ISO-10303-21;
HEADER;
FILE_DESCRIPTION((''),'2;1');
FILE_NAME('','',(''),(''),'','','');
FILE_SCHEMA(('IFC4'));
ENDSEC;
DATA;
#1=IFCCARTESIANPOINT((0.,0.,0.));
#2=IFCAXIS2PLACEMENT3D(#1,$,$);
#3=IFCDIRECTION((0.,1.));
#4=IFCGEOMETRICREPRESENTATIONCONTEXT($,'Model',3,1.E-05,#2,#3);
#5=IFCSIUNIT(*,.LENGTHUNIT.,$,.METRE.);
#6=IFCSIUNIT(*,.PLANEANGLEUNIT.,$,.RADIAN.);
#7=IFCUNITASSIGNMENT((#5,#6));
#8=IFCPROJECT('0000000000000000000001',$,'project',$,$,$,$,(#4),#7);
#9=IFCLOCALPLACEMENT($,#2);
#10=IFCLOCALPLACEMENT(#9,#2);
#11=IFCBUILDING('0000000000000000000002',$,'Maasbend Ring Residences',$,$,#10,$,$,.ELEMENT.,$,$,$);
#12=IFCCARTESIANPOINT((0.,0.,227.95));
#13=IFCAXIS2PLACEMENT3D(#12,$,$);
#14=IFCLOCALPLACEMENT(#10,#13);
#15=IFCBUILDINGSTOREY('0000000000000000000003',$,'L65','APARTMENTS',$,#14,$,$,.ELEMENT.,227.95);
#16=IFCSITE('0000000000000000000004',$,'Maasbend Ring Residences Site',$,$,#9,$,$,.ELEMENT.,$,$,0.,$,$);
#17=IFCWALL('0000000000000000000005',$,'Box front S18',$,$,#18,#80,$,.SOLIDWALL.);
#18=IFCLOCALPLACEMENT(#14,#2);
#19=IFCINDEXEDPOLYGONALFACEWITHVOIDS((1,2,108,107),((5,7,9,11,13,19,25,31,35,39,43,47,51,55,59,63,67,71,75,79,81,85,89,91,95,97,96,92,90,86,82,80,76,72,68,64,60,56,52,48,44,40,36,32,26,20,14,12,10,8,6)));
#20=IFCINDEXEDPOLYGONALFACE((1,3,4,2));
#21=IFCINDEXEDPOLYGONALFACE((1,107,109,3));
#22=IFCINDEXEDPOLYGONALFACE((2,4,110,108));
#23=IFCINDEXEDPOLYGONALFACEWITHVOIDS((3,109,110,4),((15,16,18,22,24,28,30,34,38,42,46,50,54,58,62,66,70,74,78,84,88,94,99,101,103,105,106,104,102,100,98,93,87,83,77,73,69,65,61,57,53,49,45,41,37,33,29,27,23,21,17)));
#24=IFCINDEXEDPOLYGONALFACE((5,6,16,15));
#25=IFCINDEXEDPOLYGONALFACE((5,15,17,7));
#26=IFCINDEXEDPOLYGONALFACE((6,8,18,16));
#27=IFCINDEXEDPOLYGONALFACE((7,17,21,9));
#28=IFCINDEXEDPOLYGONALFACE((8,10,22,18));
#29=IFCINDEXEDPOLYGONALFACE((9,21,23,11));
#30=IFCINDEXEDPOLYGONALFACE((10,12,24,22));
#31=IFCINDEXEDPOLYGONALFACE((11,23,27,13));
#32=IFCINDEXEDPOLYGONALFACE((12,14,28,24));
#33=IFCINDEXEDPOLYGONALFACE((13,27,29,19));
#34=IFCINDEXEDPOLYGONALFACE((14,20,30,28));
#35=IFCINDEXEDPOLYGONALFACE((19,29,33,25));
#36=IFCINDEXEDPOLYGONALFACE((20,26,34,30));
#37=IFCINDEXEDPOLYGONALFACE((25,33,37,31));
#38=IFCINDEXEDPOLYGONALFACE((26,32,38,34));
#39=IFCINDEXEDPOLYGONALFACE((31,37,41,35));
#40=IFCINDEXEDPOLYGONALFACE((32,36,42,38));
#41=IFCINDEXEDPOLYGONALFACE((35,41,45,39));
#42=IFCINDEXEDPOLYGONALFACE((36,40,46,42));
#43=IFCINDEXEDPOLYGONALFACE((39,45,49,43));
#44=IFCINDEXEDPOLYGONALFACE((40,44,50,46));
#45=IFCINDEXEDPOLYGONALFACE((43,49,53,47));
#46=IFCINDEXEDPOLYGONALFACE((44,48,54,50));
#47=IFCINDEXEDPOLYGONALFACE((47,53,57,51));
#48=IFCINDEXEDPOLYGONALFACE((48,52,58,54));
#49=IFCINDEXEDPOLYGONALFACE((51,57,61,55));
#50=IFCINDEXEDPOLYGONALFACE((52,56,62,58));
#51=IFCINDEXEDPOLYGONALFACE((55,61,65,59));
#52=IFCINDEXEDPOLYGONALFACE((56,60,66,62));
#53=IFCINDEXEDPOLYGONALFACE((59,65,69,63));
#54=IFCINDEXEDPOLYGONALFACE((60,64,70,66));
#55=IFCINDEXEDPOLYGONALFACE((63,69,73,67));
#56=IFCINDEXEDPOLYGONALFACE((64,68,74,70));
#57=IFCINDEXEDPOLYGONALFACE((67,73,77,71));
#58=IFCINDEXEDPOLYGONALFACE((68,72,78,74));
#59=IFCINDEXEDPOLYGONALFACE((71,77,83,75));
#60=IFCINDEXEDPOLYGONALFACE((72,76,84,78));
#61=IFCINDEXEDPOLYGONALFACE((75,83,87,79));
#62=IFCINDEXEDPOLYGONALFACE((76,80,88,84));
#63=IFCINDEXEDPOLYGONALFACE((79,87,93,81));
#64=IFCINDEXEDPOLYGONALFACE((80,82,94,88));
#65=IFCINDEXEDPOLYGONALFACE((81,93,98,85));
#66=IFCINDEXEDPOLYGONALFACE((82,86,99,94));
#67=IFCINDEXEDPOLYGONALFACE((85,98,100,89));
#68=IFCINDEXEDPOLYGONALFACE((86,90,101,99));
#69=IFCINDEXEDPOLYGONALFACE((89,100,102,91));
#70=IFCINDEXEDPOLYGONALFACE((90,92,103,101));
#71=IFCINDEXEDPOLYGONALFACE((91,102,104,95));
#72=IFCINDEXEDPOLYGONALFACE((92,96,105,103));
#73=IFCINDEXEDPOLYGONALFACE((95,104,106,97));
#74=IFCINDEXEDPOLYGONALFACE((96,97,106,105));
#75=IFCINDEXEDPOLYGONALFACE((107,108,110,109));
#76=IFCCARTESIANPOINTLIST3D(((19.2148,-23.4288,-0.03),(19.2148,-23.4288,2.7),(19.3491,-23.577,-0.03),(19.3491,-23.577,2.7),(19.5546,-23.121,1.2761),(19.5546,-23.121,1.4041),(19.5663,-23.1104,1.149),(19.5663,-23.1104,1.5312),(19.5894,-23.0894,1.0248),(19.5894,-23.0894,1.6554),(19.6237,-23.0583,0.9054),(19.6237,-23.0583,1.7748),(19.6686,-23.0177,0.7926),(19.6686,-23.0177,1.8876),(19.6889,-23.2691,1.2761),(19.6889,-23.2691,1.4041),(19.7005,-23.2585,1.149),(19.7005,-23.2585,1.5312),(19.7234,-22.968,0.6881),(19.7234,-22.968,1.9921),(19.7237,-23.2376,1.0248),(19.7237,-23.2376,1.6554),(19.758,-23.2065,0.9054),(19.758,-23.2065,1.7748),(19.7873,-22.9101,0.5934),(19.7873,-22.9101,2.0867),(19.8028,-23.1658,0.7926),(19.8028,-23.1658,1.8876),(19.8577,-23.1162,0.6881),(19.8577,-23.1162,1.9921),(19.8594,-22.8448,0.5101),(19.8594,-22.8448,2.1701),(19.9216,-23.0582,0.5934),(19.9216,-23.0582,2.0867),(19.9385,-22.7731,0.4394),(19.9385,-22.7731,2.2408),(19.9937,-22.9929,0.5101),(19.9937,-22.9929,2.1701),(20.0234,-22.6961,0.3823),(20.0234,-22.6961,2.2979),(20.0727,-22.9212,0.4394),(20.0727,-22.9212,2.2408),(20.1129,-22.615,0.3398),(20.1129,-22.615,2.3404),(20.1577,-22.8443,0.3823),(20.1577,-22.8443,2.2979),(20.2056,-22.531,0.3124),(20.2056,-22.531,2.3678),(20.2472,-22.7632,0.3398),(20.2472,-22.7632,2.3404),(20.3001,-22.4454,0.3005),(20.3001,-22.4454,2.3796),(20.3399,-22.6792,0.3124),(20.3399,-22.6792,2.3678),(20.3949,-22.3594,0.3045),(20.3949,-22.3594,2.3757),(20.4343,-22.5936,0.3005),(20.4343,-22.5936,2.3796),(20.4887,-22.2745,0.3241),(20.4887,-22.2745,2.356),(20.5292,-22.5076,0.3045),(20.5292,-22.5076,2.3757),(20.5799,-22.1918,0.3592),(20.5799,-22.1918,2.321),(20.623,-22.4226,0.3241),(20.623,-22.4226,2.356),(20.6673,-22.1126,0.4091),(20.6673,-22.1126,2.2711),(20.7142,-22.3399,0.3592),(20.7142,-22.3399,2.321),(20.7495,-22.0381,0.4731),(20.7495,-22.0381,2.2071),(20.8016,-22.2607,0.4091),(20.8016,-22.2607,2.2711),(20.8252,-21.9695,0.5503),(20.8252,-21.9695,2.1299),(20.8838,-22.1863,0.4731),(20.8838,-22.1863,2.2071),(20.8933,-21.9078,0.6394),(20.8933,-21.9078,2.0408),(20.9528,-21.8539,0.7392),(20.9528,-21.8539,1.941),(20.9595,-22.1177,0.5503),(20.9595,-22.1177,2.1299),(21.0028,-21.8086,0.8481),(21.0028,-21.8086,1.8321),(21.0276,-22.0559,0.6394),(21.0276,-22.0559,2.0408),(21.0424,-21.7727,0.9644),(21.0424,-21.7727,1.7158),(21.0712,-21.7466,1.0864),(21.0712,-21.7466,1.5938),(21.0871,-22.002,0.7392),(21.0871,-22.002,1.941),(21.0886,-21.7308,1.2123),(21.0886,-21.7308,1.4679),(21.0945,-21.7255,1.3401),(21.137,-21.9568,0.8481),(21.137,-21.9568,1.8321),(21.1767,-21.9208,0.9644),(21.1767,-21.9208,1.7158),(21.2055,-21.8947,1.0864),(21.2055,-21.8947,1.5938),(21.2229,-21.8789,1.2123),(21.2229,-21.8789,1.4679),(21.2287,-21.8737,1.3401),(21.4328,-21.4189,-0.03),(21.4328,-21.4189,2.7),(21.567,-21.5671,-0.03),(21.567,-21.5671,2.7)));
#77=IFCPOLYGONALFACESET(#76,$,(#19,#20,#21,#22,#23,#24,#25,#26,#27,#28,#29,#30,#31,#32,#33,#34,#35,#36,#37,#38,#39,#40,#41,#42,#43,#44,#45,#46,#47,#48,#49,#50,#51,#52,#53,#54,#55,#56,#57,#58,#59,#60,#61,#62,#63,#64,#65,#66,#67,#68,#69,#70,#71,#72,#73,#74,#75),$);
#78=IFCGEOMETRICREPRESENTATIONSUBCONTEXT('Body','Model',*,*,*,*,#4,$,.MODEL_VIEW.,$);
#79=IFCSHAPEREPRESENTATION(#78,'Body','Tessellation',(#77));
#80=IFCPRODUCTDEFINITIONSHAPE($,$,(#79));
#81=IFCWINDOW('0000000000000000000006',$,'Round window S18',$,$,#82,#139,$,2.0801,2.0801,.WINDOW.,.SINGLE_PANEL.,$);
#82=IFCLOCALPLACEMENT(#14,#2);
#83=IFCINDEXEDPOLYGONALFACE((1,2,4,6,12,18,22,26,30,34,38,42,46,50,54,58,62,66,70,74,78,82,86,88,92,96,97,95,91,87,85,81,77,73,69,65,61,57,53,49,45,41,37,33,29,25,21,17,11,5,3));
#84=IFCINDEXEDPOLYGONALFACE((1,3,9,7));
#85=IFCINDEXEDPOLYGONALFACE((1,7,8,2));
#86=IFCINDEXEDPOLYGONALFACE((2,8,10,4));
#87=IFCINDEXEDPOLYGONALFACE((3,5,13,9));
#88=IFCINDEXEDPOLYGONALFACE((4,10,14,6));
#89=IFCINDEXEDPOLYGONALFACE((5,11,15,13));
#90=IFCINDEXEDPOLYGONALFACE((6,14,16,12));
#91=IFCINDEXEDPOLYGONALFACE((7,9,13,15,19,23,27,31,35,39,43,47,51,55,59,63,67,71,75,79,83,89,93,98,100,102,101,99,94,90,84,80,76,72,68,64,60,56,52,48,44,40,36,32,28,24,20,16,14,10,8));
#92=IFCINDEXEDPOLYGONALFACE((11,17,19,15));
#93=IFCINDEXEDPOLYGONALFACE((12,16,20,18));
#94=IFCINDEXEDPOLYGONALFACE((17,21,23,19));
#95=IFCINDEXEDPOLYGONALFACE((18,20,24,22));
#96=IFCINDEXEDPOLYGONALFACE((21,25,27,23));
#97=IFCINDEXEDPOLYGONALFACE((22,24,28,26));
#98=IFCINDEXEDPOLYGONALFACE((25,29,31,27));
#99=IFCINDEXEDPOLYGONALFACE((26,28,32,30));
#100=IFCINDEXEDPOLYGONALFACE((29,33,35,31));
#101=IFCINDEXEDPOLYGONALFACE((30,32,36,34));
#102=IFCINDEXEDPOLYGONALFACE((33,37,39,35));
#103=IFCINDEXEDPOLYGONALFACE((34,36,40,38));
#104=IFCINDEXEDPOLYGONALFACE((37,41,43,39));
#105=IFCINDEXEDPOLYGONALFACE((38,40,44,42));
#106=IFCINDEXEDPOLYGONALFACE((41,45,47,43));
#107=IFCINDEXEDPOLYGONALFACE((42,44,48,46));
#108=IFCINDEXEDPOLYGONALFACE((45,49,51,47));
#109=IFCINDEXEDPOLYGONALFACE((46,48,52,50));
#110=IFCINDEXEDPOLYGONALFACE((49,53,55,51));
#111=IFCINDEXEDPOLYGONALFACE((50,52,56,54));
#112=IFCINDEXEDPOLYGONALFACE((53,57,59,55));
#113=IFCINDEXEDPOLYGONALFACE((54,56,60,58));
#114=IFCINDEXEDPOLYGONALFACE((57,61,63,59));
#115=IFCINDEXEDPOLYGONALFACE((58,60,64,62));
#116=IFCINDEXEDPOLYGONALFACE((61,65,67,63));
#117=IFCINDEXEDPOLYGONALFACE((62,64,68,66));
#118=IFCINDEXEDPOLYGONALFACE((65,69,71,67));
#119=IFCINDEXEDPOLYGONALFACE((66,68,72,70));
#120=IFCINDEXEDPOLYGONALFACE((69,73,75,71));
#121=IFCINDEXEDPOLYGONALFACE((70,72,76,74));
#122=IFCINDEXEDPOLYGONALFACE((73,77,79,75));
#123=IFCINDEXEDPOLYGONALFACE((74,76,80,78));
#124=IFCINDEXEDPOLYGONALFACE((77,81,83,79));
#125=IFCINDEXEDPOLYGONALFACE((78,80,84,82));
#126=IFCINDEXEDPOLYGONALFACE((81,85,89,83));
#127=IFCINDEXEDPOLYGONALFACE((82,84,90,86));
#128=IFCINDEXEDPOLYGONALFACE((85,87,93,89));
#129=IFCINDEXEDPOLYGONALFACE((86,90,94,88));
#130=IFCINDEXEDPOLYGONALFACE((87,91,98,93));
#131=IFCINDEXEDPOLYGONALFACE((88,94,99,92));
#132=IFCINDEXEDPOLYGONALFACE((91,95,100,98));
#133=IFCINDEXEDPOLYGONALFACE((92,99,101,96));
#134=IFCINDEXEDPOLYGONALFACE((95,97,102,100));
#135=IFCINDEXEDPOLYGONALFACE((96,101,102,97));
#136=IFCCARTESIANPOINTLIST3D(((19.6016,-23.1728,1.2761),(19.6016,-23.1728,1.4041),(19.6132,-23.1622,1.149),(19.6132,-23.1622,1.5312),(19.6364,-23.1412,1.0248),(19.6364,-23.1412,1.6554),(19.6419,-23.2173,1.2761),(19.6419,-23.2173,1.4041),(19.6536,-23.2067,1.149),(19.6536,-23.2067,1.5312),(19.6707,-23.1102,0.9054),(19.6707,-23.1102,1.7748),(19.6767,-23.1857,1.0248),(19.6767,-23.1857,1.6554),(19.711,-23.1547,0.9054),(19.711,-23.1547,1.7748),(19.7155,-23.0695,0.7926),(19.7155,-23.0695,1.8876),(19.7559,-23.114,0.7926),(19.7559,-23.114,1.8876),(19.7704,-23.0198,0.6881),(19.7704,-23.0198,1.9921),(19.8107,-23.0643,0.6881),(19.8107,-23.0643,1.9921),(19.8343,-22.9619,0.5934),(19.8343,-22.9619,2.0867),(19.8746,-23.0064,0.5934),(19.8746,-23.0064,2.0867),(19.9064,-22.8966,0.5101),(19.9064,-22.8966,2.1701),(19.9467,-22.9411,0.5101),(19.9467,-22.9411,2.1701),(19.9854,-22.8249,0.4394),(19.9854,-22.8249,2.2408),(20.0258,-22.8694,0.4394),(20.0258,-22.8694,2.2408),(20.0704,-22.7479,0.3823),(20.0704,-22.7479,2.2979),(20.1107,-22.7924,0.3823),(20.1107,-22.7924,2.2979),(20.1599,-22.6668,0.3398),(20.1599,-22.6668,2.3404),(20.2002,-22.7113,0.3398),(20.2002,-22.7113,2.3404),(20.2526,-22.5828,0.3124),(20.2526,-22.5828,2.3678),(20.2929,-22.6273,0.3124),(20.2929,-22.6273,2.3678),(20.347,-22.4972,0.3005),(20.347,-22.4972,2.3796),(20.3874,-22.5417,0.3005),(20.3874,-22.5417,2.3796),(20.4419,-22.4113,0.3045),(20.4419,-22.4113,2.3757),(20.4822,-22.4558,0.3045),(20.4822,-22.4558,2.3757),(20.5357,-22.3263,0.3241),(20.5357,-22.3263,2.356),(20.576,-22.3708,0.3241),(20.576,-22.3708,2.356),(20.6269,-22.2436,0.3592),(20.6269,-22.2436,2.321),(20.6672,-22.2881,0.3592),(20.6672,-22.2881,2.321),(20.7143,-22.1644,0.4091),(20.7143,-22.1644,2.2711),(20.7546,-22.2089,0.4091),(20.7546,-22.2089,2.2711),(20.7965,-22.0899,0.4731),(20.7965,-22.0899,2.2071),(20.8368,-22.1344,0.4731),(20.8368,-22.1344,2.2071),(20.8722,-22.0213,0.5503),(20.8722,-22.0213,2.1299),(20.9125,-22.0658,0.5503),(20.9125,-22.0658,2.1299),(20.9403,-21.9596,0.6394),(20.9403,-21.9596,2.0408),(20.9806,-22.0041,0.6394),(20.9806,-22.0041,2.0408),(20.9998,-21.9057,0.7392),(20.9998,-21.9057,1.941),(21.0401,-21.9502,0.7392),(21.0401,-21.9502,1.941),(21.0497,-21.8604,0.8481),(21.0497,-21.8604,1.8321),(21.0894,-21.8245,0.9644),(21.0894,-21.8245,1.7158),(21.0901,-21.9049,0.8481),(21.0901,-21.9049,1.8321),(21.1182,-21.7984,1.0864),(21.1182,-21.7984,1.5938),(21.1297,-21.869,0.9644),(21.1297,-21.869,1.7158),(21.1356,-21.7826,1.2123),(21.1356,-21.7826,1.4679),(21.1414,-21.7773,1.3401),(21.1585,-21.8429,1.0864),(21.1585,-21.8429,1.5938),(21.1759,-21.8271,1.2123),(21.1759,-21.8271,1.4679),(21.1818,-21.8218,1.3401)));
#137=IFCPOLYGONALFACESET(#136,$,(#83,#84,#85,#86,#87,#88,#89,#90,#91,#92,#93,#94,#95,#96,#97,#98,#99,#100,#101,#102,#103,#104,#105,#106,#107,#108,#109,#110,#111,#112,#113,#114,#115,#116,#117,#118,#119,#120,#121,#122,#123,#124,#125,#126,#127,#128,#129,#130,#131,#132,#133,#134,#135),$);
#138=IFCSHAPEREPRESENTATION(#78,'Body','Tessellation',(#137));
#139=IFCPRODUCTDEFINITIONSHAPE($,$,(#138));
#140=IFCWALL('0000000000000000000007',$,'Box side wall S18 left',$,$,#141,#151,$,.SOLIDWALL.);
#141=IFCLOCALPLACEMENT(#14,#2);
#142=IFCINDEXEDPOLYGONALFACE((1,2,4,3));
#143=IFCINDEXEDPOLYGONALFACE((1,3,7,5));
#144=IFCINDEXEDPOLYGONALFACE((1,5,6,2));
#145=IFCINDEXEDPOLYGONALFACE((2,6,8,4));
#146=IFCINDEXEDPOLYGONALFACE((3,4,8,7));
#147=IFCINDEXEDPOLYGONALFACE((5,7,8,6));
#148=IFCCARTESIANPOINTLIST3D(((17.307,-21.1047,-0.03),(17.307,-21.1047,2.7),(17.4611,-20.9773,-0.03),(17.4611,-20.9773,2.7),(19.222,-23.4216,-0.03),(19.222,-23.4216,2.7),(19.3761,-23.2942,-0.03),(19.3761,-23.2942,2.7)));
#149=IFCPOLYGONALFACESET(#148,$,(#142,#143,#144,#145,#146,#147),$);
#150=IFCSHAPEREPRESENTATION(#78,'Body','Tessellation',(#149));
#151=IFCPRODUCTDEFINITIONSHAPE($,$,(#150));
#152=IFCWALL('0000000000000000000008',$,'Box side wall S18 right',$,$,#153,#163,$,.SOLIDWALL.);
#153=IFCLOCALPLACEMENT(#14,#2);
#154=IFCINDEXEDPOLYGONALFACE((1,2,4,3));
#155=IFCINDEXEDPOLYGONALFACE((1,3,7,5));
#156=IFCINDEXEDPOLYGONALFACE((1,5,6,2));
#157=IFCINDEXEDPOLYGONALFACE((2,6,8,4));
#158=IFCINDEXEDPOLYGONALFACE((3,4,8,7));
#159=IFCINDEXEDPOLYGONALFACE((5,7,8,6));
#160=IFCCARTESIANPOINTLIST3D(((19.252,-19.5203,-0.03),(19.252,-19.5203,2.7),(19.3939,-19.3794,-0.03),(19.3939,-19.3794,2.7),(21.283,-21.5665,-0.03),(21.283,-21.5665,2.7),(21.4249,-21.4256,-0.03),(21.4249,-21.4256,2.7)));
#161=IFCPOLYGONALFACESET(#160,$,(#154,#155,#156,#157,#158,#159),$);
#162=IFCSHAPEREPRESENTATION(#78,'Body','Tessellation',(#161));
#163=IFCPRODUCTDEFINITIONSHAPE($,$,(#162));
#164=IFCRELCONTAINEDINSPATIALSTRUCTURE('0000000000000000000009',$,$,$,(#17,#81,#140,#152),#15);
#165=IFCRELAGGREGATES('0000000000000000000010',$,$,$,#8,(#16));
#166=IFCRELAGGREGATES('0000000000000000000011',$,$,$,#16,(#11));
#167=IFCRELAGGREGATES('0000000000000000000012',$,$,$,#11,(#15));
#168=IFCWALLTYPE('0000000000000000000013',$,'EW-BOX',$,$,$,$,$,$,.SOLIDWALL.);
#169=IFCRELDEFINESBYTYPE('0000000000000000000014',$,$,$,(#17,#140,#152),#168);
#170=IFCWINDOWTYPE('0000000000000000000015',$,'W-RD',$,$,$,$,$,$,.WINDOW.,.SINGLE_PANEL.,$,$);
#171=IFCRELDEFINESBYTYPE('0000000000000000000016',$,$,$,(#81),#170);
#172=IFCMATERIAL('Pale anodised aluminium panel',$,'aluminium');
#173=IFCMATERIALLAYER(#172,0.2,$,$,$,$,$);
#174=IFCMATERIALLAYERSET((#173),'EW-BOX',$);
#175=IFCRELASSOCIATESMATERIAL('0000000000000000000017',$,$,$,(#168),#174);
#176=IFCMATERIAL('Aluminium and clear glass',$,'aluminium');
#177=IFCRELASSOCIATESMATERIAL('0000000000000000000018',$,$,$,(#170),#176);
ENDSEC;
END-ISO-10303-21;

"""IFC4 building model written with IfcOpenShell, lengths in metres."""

from ifc_helpers import new_model, si_unit, direction, frame, frame_2d, origin, place, context, subcontext, project, spatial, rectangle, circle, extrude, material, layer, layer_set, type_object, element, fill, save


model = new_model("IFC4")

# Units and contexts
model_context = context("Model", 3, precision=1e-05, world=origin(), true_north=direction((0.0, 1.0)))
body_context = subcontext(model_context, "Body", "Model", "MODEL_VIEW")
ifc_project = project(units=[si_unit("LENGTHUNIT", "METRE"), si_unit("PLANEANGLEUNIT", "RADIAN")], contexts=[model_context])

# Site, building, storey
site_placement = place(None, origin())
site = spatial("IfcSite", under=ifc_project, at=site_placement, Name="Maasbend Ring Residences Site", CompositionType="ELEMENT", RefElevation=0.0)
building_placement = place(site_placement, origin())
building = spatial("IfcBuilding", under=site, at=building_placement, Name="Maasbend Ring Residences", CompositionType="ELEMENT")
storey_placement = place(building_placement, frame((0.0, 0.0, 227.95)))
storey = spatial("IfcBuildingStorey", under=building, at=storey_placement, Name="L65", Description="APARTMENTS", CompositionType="ELEMENT", Elevation=227.95)

# Shared definitions
ifc_material_1 = material(Name="Pale anodised aluminium panel", Category="aluminium")
ifc_layer_1 = layer(ifc_material_1, 0.2)
ifc_layer_set_1 = layer_set([ifc_layer_1], Name="EW-BOX")
wall_type_1 = type_object("IfcWallType", Name="EW-BOX", PredefinedType="SOLIDWALL", material=ifc_layer_set_1)
ifc_material_2 = material(Name="Aluminium and clear glass", Category="aluminium")
window_type_1 = type_object("IfcWindowType", Name="W-RD", PartitioningType="SINGLE_PANEL", PredefinedType="WINDOW", material=ifc_material_2)

# Wall, opening, window
wall_1_placement = place(storey_placement, frame((19.282, -23.5029, -0.03), z_axis=(0.0, 0.0, 1.0), x_axis=(0.740998, 0.671507, 0.0)))
wall_1 = element("IfcWall", 1, at=wall_1_placement, inside=storey, type_object=wall_type_1, Name="Box front S18", PredefinedType="SOLIDWALL", context=body_context, shape_type="SweptSolid", body=[
    extrude(rectangle(XDim=2.9932, YDim=0.2, at=frame_2d((1.4966, 0.0))), origin(), (0.0, 0.0, 1.0), 2.73),
])
opening_1_placement = place(wall_1_placement, frame((0.4565, 0.0, 0.3301)))
opening_1 = element("IfcOpeningElement", 2, at=opening_1_placement, cuts=wall_1, PredefinedType="OPENING", context=body_context, shape_type="SweptSolid", body=[
    extrude(circle(Radius=1.04, at=frame_2d((1.04, 1.04))), frame((0.0, 0.1099, 0.0), z_axis=(0.0, -1.0, 0.0), x_axis=(1.0, 0.0, 0.0)), (0.0, 0.0, 1.0), 0.22),
])
window_1_placement = place(opening_1_placement, origin())
window_1 = element("IfcWindow", 3, at=window_1_placement, inside=storey, type_object=window_type_1, Name="Round window S18", OverallHeight=2.0801, OverallWidth=2.0801, PartitioningType="SINGLE_PANEL", PredefinedType="WINDOW", context=body_context, shape_type="SweptSolid", body=[
    extrude(circle(Radius=1.04, at=frame_2d((1.04, 1.04))), frame((0.0, 0.03, 0.0), z_axis=(0.0, -1.0, 0.0), x_axis=(1.0, 0.0, 0.0)), (0.0, 0.0, 1.0), 0.0601),
])
fill(opening_1, window_1)

# Walls
wall_2_placement = place(storey_placement, frame((17.384, -21.041, -0.03), z_axis=(0.0, 0.0, 1.0), x_axis=(0.637096, -0.770785, 0.0)))
element("IfcWall", 4, at=wall_2_placement, inside=storey, type_object=wall_type_1, Name="Box side wall S18 left", PredefinedType="SOLIDWALL", context=body_context, shape_type="SweptSolid", body=[
    extrude(rectangle(XDim=3.0059, YDim=0.2, at=frame_2d((1.5029, 0.0))), origin(), (0.0, 0.0, 1.0), 2.73),
])
wall_3_placement = place(storey_placement, frame((19.323, -19.45, -0.03), z_axis=(0.0, 0.0, 1.0), x_axis=(0.704477, -0.709727, 0.0)))
element("IfcWall", 5, at=wall_3_placement, inside=storey, type_object=wall_type_1, Name="Box side wall S18 right", PredefinedType="SOLIDWALL", context=body_context, shape_type="SweptSolid", body=[
    extrude(rectangle(XDim=2.8831, YDim=0.2, at=frame_2d((1.4414, 0.0))), origin(), (0.0, 0.0, 1.0), 2.73),
])

save(model, "model.ifc")
